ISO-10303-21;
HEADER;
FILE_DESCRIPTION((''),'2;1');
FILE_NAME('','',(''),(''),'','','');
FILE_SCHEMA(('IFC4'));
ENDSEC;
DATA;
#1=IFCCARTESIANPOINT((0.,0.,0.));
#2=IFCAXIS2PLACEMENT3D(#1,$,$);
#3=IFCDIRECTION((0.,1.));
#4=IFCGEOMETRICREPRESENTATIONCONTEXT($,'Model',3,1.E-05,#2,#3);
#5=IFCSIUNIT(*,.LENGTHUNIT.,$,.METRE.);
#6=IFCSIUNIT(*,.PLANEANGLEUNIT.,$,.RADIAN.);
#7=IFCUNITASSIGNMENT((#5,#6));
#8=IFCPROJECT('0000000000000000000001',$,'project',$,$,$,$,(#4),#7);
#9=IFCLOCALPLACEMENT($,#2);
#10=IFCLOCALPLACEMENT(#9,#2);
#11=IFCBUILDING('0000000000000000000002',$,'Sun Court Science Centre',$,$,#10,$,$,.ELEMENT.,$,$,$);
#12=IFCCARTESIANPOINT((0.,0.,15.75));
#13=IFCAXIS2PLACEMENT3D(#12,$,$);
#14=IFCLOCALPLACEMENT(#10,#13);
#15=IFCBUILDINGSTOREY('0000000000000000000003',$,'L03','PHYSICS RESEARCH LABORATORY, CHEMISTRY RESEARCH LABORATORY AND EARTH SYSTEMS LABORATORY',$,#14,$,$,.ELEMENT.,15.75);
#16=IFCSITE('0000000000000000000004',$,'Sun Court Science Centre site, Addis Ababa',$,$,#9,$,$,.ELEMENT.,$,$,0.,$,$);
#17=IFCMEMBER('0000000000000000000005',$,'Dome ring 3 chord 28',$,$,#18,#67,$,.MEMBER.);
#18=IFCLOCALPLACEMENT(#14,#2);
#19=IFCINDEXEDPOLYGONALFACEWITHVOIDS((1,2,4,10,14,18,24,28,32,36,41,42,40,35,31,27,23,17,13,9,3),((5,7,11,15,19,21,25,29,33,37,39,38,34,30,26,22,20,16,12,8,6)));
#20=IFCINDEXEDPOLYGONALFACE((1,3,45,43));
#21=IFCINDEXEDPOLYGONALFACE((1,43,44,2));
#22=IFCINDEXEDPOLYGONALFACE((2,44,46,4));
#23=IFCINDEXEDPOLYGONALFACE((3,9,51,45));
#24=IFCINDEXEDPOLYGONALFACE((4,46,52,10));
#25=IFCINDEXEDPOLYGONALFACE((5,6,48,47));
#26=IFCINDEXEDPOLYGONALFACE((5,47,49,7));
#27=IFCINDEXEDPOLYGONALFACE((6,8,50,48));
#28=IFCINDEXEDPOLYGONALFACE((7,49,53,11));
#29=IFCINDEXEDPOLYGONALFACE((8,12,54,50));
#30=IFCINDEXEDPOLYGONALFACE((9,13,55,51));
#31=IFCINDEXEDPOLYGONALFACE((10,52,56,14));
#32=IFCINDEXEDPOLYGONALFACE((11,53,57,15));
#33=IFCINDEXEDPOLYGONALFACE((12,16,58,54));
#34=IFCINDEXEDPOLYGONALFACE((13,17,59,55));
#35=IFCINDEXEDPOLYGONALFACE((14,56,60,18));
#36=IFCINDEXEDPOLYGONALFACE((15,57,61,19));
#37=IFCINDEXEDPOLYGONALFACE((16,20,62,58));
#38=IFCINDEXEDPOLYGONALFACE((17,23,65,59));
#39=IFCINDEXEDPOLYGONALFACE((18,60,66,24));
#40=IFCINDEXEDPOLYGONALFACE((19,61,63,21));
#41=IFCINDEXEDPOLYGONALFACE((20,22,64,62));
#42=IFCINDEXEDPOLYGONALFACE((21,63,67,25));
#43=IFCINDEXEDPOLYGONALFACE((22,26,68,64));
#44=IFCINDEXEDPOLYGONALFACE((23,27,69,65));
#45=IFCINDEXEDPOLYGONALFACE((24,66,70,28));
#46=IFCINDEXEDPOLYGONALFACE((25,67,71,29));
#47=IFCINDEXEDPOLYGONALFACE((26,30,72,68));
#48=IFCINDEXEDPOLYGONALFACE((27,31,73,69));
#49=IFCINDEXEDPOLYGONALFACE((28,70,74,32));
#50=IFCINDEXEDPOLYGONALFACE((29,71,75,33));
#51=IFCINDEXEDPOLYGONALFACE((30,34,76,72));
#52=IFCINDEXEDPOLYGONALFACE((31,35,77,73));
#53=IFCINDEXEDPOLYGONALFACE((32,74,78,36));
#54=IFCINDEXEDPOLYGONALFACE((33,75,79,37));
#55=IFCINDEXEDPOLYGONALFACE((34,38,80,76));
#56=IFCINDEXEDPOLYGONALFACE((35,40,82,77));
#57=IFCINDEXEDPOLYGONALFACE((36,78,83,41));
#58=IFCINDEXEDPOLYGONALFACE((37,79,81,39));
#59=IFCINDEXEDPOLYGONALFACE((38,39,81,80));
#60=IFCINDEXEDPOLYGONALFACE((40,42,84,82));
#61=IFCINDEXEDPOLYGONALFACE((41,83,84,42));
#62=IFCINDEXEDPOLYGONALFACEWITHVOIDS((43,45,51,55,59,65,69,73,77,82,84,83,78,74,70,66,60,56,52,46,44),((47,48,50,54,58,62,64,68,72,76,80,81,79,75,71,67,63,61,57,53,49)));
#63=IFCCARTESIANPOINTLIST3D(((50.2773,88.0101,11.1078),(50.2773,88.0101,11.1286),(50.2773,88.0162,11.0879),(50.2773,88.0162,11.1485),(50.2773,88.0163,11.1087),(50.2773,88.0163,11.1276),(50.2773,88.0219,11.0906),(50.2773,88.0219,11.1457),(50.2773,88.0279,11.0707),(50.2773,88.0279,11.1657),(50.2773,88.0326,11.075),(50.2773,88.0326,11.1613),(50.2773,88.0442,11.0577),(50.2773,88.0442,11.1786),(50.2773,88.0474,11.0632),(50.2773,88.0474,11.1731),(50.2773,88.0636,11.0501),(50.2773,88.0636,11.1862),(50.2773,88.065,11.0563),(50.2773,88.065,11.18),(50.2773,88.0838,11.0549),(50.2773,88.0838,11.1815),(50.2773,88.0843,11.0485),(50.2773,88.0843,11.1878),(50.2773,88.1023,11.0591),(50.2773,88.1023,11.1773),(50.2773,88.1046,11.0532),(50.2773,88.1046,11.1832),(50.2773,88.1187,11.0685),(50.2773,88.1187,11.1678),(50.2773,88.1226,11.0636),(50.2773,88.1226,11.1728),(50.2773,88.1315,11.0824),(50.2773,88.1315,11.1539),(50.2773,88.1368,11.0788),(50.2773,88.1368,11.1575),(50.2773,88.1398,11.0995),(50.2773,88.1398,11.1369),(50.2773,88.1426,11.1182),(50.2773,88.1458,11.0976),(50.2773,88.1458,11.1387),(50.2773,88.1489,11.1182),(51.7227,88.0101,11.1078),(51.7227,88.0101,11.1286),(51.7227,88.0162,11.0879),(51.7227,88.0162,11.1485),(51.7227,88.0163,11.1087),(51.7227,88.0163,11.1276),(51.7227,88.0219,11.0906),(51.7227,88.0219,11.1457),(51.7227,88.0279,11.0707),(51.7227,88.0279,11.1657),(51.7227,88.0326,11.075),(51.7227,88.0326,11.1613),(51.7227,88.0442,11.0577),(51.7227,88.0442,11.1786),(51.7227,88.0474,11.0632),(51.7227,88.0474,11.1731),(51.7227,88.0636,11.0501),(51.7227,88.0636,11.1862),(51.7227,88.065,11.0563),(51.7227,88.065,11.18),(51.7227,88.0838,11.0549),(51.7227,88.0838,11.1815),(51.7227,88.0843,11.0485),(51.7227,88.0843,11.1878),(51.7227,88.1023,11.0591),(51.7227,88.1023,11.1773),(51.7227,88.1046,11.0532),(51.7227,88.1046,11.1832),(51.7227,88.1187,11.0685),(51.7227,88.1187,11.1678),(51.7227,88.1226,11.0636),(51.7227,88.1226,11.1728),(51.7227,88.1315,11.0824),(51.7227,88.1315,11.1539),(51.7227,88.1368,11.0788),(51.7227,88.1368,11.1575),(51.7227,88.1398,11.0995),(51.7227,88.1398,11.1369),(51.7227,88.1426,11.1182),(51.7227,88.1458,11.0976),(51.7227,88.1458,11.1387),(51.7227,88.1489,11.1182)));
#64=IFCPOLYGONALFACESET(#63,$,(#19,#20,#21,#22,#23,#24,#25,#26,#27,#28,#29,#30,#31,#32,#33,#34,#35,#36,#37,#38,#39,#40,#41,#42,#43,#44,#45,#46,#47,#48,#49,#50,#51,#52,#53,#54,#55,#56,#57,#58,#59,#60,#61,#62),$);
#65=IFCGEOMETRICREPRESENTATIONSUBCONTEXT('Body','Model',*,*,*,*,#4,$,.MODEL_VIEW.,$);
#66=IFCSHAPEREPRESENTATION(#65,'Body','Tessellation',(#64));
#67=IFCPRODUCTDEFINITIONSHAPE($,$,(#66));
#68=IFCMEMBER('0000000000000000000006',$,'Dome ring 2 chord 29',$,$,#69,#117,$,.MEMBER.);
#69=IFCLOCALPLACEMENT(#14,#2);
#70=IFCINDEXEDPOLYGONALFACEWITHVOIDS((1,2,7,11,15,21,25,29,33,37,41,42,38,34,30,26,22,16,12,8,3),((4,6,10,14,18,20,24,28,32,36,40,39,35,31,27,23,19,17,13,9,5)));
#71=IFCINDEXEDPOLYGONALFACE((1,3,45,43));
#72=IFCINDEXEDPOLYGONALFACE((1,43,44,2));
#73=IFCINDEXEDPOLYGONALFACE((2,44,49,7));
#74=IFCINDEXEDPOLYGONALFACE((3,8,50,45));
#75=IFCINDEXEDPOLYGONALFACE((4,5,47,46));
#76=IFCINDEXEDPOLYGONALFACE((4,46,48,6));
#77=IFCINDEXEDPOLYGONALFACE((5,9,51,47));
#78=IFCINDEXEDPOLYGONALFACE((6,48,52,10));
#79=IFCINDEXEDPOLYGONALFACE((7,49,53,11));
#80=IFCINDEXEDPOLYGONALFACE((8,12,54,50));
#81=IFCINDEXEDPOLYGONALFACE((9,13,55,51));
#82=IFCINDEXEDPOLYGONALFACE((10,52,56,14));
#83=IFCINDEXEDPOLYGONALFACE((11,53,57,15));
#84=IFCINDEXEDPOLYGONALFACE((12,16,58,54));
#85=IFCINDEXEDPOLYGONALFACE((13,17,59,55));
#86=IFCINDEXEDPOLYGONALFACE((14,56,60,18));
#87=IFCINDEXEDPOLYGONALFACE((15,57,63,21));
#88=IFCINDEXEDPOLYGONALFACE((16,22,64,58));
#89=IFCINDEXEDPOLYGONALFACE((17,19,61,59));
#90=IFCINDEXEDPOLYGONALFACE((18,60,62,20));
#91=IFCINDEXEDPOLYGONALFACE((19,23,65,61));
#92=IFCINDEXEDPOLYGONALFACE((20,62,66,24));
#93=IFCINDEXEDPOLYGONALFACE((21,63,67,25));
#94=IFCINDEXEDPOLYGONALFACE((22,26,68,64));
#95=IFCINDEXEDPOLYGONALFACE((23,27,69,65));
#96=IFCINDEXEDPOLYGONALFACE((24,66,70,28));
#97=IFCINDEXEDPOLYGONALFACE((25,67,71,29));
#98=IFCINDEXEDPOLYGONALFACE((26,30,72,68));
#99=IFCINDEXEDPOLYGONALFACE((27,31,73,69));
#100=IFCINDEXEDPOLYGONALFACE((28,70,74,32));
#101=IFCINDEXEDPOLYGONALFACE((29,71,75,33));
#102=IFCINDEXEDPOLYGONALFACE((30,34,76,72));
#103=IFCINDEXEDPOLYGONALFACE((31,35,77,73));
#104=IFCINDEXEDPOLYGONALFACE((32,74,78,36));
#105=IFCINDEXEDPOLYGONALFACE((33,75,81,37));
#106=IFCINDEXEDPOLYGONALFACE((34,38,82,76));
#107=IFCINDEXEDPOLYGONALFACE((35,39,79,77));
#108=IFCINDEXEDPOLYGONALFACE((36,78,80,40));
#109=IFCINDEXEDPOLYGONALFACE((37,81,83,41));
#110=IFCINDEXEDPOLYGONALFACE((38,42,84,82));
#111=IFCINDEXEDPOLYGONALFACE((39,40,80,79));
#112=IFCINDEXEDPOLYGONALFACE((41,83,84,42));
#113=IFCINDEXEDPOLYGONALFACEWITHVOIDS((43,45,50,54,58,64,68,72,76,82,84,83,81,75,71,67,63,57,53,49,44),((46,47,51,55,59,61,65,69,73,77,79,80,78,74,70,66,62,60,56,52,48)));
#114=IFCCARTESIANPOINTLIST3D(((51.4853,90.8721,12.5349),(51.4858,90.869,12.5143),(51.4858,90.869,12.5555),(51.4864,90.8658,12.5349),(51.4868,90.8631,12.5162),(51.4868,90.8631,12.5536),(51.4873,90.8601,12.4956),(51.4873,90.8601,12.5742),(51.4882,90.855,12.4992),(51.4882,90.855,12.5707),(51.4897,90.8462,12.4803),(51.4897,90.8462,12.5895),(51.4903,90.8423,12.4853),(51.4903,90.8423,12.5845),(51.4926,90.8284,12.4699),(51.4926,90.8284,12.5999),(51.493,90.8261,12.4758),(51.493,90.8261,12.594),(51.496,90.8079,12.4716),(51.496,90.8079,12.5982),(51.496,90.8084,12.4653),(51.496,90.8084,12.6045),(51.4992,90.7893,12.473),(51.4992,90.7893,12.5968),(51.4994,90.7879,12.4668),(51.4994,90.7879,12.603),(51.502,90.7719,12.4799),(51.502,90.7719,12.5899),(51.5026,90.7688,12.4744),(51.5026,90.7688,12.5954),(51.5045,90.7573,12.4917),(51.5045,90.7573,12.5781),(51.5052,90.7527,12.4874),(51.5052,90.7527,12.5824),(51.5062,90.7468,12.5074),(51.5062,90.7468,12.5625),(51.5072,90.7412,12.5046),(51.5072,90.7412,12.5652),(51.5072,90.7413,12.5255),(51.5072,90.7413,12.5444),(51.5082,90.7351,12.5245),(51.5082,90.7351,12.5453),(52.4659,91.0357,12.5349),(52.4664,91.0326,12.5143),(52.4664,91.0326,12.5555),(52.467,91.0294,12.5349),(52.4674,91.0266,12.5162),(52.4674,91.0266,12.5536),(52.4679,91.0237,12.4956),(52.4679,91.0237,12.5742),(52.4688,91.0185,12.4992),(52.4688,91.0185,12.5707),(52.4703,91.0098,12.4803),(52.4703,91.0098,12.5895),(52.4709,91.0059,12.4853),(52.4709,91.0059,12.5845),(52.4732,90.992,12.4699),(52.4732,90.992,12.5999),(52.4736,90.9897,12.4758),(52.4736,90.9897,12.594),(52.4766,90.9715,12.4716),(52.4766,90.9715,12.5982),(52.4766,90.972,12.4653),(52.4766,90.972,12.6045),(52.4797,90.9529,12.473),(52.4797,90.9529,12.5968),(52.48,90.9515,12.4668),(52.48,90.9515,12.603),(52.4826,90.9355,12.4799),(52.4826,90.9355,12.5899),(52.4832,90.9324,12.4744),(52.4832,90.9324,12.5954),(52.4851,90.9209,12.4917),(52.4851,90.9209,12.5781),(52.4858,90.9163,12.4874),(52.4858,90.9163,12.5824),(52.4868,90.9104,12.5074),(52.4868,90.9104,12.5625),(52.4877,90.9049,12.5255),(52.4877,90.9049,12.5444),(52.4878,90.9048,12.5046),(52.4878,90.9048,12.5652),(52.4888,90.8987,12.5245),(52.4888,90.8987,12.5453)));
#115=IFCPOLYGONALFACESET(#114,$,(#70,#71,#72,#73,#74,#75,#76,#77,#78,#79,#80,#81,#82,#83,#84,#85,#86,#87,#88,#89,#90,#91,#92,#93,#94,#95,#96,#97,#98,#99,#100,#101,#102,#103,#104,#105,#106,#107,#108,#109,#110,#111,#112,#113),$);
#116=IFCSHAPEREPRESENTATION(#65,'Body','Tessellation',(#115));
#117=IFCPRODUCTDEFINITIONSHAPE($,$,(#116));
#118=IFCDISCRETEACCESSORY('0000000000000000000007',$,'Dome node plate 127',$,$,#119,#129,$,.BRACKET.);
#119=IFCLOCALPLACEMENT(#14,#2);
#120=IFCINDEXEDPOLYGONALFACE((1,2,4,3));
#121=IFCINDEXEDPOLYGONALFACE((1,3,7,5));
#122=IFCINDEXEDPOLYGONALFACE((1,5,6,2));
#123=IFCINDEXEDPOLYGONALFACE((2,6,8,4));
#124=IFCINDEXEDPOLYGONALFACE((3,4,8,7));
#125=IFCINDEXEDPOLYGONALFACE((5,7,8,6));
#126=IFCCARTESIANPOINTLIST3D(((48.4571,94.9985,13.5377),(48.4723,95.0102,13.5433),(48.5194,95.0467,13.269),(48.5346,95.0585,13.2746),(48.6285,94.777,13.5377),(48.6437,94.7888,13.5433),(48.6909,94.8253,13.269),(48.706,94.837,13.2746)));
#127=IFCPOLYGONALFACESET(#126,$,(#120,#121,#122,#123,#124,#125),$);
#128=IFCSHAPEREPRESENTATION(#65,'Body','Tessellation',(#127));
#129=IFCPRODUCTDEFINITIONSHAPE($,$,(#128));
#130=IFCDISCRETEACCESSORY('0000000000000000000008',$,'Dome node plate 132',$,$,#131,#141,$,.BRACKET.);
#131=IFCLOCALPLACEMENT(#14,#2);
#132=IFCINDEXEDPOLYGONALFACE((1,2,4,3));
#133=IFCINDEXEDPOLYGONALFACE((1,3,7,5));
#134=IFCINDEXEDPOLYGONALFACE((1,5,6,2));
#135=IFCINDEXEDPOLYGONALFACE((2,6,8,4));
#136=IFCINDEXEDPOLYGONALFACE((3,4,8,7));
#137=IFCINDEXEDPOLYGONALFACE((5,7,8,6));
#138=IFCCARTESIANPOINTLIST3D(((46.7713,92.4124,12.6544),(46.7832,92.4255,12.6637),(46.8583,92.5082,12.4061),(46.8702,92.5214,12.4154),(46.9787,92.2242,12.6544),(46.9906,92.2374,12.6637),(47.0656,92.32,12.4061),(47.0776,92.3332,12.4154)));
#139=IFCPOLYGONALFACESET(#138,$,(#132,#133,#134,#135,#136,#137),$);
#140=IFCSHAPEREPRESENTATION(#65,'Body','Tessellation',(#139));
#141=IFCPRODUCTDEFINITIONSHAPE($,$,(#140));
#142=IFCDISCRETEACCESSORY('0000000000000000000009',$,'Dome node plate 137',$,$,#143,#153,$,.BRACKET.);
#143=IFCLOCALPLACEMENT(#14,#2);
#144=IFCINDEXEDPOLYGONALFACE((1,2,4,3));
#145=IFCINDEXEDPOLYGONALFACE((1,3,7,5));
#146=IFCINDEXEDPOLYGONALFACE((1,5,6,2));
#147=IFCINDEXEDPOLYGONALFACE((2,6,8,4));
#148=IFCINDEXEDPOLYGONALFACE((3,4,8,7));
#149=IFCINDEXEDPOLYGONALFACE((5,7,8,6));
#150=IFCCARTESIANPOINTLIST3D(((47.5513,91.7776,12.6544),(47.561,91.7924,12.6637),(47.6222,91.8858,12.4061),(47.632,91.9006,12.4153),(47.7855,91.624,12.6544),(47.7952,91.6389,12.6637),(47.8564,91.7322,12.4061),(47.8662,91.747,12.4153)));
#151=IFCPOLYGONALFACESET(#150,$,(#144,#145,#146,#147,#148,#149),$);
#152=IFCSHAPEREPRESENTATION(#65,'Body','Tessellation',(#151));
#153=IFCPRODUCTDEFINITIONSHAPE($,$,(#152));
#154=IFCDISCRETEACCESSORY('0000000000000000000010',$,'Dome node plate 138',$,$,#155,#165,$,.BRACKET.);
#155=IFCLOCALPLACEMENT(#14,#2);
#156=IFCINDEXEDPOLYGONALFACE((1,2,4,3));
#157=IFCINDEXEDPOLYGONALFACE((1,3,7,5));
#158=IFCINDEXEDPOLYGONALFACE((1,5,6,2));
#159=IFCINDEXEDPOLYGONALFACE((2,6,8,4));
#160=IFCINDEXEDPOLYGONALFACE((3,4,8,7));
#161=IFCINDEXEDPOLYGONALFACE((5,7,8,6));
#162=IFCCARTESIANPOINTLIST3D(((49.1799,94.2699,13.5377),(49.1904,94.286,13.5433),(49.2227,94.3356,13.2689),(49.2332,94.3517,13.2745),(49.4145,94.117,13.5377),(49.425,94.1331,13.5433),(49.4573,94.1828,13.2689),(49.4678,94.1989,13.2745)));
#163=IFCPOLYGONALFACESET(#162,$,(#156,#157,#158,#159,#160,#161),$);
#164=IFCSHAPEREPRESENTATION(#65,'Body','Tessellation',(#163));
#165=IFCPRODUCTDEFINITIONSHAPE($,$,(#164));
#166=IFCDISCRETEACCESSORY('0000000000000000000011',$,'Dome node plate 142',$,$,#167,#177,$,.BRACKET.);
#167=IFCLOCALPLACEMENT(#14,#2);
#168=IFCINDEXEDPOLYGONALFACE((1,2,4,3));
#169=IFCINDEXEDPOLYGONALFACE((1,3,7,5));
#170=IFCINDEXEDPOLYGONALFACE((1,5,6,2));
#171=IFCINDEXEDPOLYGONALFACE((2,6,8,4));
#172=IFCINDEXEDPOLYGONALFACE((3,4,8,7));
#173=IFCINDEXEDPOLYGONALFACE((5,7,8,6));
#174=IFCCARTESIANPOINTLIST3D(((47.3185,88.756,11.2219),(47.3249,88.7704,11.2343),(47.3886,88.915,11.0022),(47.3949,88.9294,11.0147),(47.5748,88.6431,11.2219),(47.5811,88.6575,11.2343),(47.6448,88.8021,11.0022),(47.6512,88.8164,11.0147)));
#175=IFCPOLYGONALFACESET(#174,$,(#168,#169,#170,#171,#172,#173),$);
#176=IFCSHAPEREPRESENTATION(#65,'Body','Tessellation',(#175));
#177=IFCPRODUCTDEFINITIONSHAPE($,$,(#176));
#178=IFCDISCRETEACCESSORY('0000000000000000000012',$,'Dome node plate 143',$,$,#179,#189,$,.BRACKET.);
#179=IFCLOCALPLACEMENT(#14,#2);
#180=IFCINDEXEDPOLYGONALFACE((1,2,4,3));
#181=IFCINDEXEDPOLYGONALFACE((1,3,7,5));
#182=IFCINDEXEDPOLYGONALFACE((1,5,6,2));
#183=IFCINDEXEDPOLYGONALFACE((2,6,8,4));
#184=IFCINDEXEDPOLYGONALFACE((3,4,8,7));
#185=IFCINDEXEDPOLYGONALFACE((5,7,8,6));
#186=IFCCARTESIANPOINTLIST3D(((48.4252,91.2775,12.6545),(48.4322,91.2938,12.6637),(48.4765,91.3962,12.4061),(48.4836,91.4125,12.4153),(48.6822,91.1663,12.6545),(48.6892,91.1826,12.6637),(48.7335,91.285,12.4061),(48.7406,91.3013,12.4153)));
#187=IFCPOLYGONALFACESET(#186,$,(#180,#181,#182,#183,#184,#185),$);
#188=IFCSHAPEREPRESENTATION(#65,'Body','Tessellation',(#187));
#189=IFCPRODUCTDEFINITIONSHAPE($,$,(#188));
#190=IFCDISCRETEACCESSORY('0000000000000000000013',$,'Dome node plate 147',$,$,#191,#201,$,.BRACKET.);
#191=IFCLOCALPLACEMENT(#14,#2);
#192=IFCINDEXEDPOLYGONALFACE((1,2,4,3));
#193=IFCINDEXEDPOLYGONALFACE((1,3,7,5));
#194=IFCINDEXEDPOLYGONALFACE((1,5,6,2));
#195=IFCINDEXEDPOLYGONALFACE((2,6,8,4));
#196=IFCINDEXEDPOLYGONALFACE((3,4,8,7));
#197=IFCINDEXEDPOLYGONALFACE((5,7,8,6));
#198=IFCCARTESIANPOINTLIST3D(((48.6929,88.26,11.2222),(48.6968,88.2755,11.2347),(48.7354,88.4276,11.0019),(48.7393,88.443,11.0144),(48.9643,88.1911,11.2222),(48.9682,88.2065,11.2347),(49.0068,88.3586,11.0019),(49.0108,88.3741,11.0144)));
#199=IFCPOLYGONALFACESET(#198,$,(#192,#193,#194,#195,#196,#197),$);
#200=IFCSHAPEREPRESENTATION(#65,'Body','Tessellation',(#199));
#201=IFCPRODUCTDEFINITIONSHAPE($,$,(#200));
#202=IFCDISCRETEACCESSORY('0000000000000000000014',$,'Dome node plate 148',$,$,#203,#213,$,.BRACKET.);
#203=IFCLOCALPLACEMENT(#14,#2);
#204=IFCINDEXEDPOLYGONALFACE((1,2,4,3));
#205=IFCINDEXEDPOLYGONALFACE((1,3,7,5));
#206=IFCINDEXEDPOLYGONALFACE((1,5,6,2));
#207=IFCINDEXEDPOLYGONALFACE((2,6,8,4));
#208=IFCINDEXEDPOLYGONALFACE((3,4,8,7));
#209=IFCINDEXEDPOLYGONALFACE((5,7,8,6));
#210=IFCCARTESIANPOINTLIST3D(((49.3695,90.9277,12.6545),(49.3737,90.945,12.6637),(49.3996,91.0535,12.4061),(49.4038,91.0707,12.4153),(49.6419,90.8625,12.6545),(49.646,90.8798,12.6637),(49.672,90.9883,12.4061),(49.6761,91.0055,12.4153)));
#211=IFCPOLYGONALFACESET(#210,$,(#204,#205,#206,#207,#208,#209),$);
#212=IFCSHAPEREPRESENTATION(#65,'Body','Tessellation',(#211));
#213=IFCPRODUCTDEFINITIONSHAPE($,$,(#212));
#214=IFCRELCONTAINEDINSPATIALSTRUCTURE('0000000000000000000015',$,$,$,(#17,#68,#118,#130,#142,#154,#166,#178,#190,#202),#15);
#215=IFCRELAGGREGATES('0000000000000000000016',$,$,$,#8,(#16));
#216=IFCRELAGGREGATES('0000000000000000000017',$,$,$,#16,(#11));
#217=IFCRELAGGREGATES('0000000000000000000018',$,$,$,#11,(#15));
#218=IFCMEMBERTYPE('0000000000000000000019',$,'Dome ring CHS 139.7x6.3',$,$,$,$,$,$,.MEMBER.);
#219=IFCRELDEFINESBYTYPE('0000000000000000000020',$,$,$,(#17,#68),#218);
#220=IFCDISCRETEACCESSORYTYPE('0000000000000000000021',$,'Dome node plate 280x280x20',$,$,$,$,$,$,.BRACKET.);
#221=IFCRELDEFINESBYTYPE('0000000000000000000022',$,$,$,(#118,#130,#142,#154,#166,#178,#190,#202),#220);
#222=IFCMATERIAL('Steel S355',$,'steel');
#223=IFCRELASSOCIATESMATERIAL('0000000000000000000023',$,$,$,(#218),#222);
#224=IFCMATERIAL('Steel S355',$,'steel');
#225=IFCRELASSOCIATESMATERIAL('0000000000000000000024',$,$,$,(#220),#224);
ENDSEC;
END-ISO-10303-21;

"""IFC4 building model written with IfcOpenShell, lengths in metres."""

from ifc_helpers import new_model, si_unit, direction, frame, origin, origin_2d, place, context, subcontext, project, spatial, rectangle, hollow_circle, extrude, material, material_profile, profile_set, type_object, element, save


model = new_model("IFC4")

# Units and contexts
model_context = context("Model", 3, precision=1e-05, world=origin(), true_north=direction((0.0, 1.0)))
body_context = subcontext(model_context, "Body", "Model", "MODEL_VIEW")
ifc_project = project(units=[si_unit("LENGTHUNIT", "METRE"), si_unit("PLANEANGLEUNIT", "RADIAN")], contexts=[model_context])

# Site, building, storey
site_placement = place(None, origin())
site = spatial("IfcSite", under=ifc_project, at=site_placement, Name="Sun Court Science Centre site, Addis Ababa", CompositionType="ELEMENT", RefElevation=0.0)
building_placement = place(site_placement, origin())
building = spatial("IfcBuilding", under=site, at=building_placement, Name="Sun Court Science Centre", CompositionType="ELEMENT")
storey_placement = place(building_placement, frame((0.0, 0.0, 15.75)))
storey = spatial("IfcBuildingStorey", under=building, at=storey_placement, Name="L03", Description="PHYSICS RESEARCH LABORATORY, CHEMISTRY RESEARCH LABORATORY AND EARTH SYSTEMS LABORATORY", CompositionType="ELEMENT", Elevation=15.75)

# Members
ifc_material_1 = material(Name="Steel S355", Category="steel")
ifc_material_profile_1 = material_profile(ifc_material_1, hollow_circle(Radius=0.0698, WallThickness=0.0063, at=origin_2d()), Name="CHS 139.7x6.3")
ifc_profile_set_1 = profile_set([ifc_material_profile_1], Name="Steel S355")
member_type_1 = type_object("IfcMemberType", Name="Dome ring CHS 139.7x6.3", PredefinedType="MEMBER", material=ifc_profile_set_1)
member_1_placement = place(storey_placement, frame((50.2773, 88.0791, 11.1182), z_axis=(1.0, 0.0, 0.0), x_axis=(0.0, 1.0, 0.0)))
element("IfcMember", 1, at=member_1_placement, inside=storey, type_object=member_type_1, Name="Dome ring 3 chord 28", PredefinedType="MEMBER", context=body_context, shape_type="SweptSolid", body=[
    extrude(hollow_circle(Radius=0.0698, WallThickness=0.0063, at=origin_2d()), origin(), (0.0, 0.0, 1.0), 1.4453),
])
member_2_placement = place(storey_placement, frame((51.4968, 90.8032, 12.5349), z_axis=(0.986367, 0.164558, 0.0), x_axis=(-0.164558, 0.986367, 0.0)))
element("IfcMember", 2, at=member_2_placement, inside=storey, type_object=member_type_1, Name="Dome ring 2 chord 29", PredefinedType="MEMBER", context=body_context, shape_type="SweptSolid", body=[
    extrude(hollow_circle(Radius=0.0698, WallThickness=0.0063, at=origin_2d()), origin(), (0.0, 0.0, 1.0), 0.9941),
])

# Discrete accessories
ifc_material_2 = material(Name="Steel S355", Category="steel")
ifc_material_profile_2 = material_profile(ifc_material_2, rectangle(XDim=0.28, YDim=0.28, at=origin_2d()), Name="PL 280x280")
ifc_profile_set_2 = profile_set([ifc_material_profile_2], Name="Steel S355")
discrete_accessory_type = type_object("IfcDiscreteAccessoryType", Name="Dome node plate 280x280x20", PredefinedType="BRACKET", material=ifc_profile_set_2)
for number, where, z_axis, x_axis, name in (
    (3, (48.574, 94.9119, 13.4033), (0.758754, 0.587422, 0.281473), (-0.612173, 0.790724, 0.0), "Dome node plate 127"),
    (4, (46.9185, 92.3662, 12.5303), (0.595924, 0.656732, 0.462145), (-0.74056, 0.67199, 0.0), "Dome node plate 132"),
    (5, (47.7039, 91.7549, 12.5303), (0.486324, 0.741645, 0.462008), (-0.836244, 0.548357, 0.0), "Dome node plate 137"),
    (6, (49.3186, 94.2263, 13.4033), (0.524001, 0.80428, 0.280279), (-0.837863, 0.54588, 0.0), "Dome node plate 138"),
    (7, (47.4817, 88.7791, 11.1121), (0.316275, 0.7177, 0.620385), (-0.915086, 0.403258, 0.0), "Dome node plate 142"),
    (8, (48.5793, 91.2812, 12.5303), (0.352351, 0.814052, 0.461701), (-0.917722, 0.397223, 0.0), "Dome node plate 143"),
):
    element("IfcDiscreteAccessory", number, at=place(storey_placement, frame(where, z_axis=z_axis, x_axis=x_axis)), inside=storey, type_object=discrete_accessory_type, Name=name, PredefinedType="BRACKET", context=body_context, shape_type="SweptSolid", body=[
        extrude(rectangle(XDim=0.28, YDim=0.28, at=origin_2d()), origin(), (0.0, 0.0, 1.0), 0.02),
    ])
discrete_accessory_1_placement = place(storey_placement, frame((48.8499, 88.3093, 11.1121), z_axis=(0.193659, 0.762531, 0.617287), x_axis=(-0.969231, 0.246154, 0.0)))
element("IfcDiscreteAccessory", 9, at=discrete_accessory_1_placement, inside=storey, type_object=discrete_accessory_type, Name="Dome node plate 147", PredefinedType="BRACKET", context=body_context, shape_type="SweptSolid", body=[
    extrude(rectangle(XDim=0.28, YDim=0.28, at=origin_2d()), origin(), (0.0, 0.0, 1.0), 0.0203),
])
for number, where, z_axis, x_axis, name in (
    (10, (49.5208, 90.958, 12.5303), (0.206551, 0.862652, 0.461701), (-0.972511, 0.232855, 0.0), "Dome node plate 148"),
):
    element("IfcDiscreteAccessory", number, at=place(storey_placement, frame(where, z_axis=z_axis, x_axis=x_axis)), inside=storey, type_object=discrete_accessory_type, Name=name, PredefinedType="BRACKET", context=body_context, shape_type="SweptSolid", body=[
        extrude(rectangle(XDim=0.28, YDim=0.28, at=origin_2d()), origin(), (0.0, 0.0, 1.0), 0.02),
    ])

save(model, "model.ifc")
